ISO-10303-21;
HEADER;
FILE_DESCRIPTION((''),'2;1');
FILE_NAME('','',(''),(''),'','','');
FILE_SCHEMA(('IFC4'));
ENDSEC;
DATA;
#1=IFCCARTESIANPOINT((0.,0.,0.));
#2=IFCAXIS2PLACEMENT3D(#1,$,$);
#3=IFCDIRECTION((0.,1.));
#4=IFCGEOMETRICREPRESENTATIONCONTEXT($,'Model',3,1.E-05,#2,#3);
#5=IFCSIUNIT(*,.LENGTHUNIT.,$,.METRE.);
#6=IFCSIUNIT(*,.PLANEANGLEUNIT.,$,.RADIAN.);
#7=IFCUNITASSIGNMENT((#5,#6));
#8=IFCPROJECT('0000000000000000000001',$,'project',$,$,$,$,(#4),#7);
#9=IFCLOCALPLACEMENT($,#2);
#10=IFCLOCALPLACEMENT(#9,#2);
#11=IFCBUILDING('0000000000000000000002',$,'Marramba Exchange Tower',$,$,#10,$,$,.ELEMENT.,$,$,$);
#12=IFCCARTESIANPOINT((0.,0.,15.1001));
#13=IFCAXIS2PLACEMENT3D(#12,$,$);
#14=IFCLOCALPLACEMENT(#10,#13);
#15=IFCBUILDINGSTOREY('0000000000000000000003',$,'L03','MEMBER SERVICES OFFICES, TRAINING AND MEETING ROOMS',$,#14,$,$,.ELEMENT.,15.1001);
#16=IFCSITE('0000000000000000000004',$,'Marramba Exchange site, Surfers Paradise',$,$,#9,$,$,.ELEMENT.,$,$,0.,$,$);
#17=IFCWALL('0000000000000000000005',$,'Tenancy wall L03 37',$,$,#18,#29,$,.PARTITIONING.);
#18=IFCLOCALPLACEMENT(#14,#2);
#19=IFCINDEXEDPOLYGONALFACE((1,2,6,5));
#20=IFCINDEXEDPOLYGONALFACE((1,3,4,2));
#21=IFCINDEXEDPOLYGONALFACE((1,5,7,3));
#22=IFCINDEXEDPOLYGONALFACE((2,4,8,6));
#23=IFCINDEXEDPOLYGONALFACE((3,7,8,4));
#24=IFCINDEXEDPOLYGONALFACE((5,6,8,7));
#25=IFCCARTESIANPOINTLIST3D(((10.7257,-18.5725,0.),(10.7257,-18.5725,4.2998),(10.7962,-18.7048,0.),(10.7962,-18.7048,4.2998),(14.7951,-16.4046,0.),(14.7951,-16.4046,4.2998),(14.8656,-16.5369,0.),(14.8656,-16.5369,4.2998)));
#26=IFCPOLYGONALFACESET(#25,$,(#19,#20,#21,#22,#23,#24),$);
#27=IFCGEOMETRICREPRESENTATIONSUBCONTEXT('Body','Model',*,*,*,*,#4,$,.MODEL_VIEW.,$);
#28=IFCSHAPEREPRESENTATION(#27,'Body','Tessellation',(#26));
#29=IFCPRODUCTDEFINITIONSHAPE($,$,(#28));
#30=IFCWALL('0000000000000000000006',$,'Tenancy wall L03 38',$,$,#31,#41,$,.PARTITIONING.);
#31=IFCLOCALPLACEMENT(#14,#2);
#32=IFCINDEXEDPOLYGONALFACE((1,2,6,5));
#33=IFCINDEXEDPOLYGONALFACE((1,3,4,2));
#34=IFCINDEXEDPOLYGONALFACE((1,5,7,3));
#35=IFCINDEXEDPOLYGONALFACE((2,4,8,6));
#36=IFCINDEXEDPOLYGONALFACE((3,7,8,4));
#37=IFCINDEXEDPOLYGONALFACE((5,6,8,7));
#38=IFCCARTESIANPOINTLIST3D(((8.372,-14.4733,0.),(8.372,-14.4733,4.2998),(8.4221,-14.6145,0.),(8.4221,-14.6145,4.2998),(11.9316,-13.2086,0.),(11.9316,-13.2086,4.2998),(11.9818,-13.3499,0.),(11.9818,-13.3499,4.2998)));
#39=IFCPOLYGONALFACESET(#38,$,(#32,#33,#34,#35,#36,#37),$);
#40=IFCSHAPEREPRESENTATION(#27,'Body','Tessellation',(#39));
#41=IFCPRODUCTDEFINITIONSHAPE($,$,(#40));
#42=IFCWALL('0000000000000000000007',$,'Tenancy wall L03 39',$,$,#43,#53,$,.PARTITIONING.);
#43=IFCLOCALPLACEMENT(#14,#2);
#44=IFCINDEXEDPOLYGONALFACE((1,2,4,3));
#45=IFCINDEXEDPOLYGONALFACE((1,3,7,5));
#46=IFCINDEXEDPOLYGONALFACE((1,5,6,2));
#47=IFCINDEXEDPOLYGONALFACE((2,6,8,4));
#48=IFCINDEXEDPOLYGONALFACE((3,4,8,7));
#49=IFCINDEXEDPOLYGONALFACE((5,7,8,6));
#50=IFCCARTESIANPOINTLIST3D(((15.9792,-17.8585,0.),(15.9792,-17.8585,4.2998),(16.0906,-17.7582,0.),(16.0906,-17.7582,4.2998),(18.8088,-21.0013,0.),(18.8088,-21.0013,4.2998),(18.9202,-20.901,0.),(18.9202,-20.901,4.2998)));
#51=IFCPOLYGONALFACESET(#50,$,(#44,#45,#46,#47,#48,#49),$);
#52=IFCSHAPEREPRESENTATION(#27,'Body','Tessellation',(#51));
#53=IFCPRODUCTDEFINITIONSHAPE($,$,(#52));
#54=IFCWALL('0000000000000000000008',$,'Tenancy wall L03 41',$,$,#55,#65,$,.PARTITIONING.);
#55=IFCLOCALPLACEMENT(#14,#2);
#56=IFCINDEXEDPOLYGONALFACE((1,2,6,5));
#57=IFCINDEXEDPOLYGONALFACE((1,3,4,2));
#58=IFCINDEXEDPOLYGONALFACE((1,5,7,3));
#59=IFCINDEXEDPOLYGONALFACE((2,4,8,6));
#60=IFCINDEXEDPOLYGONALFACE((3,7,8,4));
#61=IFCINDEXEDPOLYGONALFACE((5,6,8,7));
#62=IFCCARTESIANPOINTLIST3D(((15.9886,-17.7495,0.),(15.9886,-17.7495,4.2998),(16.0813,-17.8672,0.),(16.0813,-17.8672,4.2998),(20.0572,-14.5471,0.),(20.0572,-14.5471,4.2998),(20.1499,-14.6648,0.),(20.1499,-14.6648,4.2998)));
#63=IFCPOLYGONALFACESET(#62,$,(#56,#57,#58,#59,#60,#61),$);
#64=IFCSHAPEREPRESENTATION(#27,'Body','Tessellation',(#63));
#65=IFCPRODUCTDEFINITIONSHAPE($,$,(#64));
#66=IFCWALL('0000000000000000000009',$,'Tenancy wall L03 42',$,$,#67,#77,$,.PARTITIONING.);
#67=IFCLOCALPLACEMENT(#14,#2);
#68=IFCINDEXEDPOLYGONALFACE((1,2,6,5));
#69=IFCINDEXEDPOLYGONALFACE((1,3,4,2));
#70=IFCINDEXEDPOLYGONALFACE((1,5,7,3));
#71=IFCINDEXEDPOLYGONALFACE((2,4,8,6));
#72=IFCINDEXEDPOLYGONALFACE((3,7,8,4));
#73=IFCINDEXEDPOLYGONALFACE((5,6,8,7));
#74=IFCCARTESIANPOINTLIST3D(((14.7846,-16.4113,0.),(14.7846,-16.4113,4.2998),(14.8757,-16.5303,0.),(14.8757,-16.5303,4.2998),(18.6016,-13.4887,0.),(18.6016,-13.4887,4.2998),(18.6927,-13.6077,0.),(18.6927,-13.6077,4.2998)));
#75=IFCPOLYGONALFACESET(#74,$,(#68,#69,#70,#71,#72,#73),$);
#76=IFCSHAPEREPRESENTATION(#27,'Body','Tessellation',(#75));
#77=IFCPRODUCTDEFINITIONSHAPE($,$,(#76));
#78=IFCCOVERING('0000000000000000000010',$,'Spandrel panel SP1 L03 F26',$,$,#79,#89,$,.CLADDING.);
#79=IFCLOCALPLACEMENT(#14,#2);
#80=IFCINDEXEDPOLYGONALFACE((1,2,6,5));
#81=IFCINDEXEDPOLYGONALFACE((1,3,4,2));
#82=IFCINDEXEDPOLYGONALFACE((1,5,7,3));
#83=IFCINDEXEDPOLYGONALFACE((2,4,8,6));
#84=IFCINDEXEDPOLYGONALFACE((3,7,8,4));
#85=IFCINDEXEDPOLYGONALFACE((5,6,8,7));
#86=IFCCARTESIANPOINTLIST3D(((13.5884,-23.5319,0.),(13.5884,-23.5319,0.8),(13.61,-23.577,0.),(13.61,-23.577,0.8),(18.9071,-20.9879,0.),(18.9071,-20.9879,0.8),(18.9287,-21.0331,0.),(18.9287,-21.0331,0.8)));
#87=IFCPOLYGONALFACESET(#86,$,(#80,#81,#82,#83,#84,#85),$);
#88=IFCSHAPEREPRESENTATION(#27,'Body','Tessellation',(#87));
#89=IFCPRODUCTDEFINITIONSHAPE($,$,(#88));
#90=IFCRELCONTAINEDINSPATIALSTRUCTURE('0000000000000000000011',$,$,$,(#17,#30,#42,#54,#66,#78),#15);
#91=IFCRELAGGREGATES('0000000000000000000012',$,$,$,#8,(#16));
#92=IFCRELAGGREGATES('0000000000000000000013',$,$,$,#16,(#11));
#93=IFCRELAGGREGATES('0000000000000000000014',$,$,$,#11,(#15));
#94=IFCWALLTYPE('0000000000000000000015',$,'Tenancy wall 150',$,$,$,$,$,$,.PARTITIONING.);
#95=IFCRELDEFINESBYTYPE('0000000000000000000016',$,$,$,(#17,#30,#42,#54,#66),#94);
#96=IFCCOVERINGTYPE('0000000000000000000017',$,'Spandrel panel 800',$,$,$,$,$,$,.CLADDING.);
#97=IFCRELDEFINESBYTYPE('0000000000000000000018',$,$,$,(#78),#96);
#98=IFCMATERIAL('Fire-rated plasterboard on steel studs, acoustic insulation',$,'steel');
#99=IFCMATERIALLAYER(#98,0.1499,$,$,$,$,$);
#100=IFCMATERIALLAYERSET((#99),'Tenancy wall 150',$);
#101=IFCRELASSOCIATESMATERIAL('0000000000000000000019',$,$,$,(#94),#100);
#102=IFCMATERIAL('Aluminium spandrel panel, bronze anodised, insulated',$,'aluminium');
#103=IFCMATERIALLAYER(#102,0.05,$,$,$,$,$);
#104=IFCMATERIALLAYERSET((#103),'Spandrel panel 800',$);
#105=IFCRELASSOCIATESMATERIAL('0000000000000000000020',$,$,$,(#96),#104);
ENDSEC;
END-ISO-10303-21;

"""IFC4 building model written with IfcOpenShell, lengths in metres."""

from ifc_helpers import new_model, si_unit, direction, frame, frame_2d, origin, origin_2d, place, context, subcontext, project, spatial, rectangle, extrude, material, layer, layer_set, type_object, element, save


model = new_model("IFC4")

# Units and contexts
model_context = context("Model", 3, precision=1e-05, world=origin(), true_north=direction((0.0, 1.0)))
body_context = subcontext(model_context, "Body", "Model", "MODEL_VIEW")
ifc_project = project(units=[si_unit("LENGTHUNIT", "METRE"), si_unit("PLANEANGLEUNIT", "RADIAN")], contexts=[model_context])

# Site, building, storey
site_placement = place(None, origin())
site = spatial("IfcSite", under=ifc_project, at=site_placement, Name="Marramba Exchange site, Surfers Paradise", CompositionType="ELEMENT", RefElevation=0.0)
building_placement = place(site_placement, origin())
building = spatial("IfcBuilding", under=site, at=building_placement, Name="Marramba Exchange Tower", CompositionType="ELEMENT")
storey_placement = place(building_placement, frame((0.0, 0.0, 15.1001)))
storey = spatial("IfcBuildingStorey", under=building, at=storey_placement, Name="L03", Description="MEMBER SERVICES OFFICES, TRAINING AND MEETING ROOMS", CompositionType="ELEMENT", Elevation=15.1001)

# Walls
ifc_material_1 = material(Name="Fire-rated plasterboard on steel studs, acoustic insulation", Category="steel")
ifc_layer_1 = layer(ifc_material_1, 0.1499)
ifc_layer_set_1 = layer_set([ifc_layer_1], Name="Tenancy wall 150")
wall_type_1 = type_object("IfcWallType", Name="Tenancy wall 150", PredefinedType="PARTITIONING", material=ifc_layer_set_1)
wall_1_placement = place(storey_placement, frame((14.8303, -16.4707, 0.0), z_axis=(0.0, 0.0, 1.0), x_axis=(-0.882564, -0.470192, 0.0)))
element("IfcWall", 1, at=wall_1_placement, inside=storey, type_object=wall_type_1, Name="Tenancy wall L03 37", PredefinedType="PARTITIONING", context=body_context, shape_type="SweptSolid", body=[
    extrude(rectangle(XDim=4.6108, YDim=0.1499, at=frame_2d((2.3054, 0.0))), origin(), (0.0, 0.0, 1.0), 4.2998),
])
wall_2_placement = place(storey_placement, frame((11.9565, -13.2793, 0.0), z_axis=(0.0, 0.0, 1.0), x_axis=(-0.942296, -0.33478, 0.0)))
element("IfcWall", 2, at=wall_2_placement, inside=storey, type_object=wall_type_1, Name="Tenancy wall L03 38", PredefinedType="PARTITIONING", context=body_context, shape_type="SweptSolid", body=[
    extrude(rectangle(XDim=3.7776, YDim=0.1499, at=frame_2d((1.8887, 0.0))), origin(), (0.0, 0.0, 1.0), 4.2998),
])
wall_3_placement = place(storey_placement, frame((18.8645, -20.9512, 0.0), z_axis=(0.0, 0.0, 1.0), x_axis=(-0.669102, 0.743171, 0.0)))
element("IfcWall", 3, at=wall_3_placement, inside=storey, type_object=wall_type_1, Name="Tenancy wall L03 39", PredefinedType="PARTITIONING", context=body_context, shape_type="SweptSolid", body=[
    extrude(rectangle(XDim=4.229, YDim=0.1499, at=frame_2d((2.1145, 0.0))), origin(), (0.0, 0.0, 1.0), 4.2998),
])
wall_4_placement = place(storey_placement, frame((16.0349, -17.8083, 0.0), z_axis=(0.0, 0.0, 1.0), x_axis=(0.78579, 0.618494, 0.0)))
element("IfcWall", 4, at=wall_4_placement, inside=storey, type_object=wall_type_1, Name="Tenancy wall L03 41", PredefinedType="PARTITIONING", context=body_context, shape_type="SweptSolid", body=[
    extrude(rectangle(XDim=5.1777, YDim=0.1499, at=frame_2d((2.5889, 0.0))), origin(), (0.0, 0.0, 1.0), 4.2998),
])
wall_5_placement = place(storey_placement, frame((18.6472, -13.5481, 0.0), z_axis=(0.0, 0.0, 1.0), x_axis=(-0.793976, -0.60795, 0.0)))
element("IfcWall", 5, at=wall_5_placement, inside=storey, type_object=wall_type_1, Name="Tenancy wall L03 42", PredefinedType="PARTITIONING", context=body_context, shape_type="SweptSolid", body=[
    extrude(rectangle(XDim=4.8074, YDim=0.1499, at=frame_2d((2.4038, 0.0))), origin(), (0.0, 0.0, 1.0), 4.2998),
])

# Covering
ifc_material_2 = material(Name="Aluminium spandrel panel, bronze anodised, insulated", Category="aluminium")
ifc_layer_2 = layer(ifc_material_2, 0.05)
ifc_layer_set_2 = layer_set([ifc_layer_2], Name="Spandrel panel 800")
covering_type = type_object("IfcCoveringType", Name="Spandrel panel 800", PredefinedType="CLADDING", material=ifc_layer_set_2)
covering_placement = place(storey_placement, frame((16.2585, -22.2825, 0.0), z_axis=(0.0, 0.0, 1.0), x_axis=(0.90212, 0.431486, 0.0)))
element("IfcCovering", 6, at=covering_placement, inside=storey, type_object=covering_type, Name="Spandrel panel SP1 L03 F26", PredefinedType="CLADDING", context=body_context, shape_type="SweptSolid", body=[
    extrude(rectangle(XDim=5.8958, YDim=0.05, at=origin_2d()), origin(), (0.0, 0.0, 1.0), 0.8),
])

save(model, "model.ifc")
